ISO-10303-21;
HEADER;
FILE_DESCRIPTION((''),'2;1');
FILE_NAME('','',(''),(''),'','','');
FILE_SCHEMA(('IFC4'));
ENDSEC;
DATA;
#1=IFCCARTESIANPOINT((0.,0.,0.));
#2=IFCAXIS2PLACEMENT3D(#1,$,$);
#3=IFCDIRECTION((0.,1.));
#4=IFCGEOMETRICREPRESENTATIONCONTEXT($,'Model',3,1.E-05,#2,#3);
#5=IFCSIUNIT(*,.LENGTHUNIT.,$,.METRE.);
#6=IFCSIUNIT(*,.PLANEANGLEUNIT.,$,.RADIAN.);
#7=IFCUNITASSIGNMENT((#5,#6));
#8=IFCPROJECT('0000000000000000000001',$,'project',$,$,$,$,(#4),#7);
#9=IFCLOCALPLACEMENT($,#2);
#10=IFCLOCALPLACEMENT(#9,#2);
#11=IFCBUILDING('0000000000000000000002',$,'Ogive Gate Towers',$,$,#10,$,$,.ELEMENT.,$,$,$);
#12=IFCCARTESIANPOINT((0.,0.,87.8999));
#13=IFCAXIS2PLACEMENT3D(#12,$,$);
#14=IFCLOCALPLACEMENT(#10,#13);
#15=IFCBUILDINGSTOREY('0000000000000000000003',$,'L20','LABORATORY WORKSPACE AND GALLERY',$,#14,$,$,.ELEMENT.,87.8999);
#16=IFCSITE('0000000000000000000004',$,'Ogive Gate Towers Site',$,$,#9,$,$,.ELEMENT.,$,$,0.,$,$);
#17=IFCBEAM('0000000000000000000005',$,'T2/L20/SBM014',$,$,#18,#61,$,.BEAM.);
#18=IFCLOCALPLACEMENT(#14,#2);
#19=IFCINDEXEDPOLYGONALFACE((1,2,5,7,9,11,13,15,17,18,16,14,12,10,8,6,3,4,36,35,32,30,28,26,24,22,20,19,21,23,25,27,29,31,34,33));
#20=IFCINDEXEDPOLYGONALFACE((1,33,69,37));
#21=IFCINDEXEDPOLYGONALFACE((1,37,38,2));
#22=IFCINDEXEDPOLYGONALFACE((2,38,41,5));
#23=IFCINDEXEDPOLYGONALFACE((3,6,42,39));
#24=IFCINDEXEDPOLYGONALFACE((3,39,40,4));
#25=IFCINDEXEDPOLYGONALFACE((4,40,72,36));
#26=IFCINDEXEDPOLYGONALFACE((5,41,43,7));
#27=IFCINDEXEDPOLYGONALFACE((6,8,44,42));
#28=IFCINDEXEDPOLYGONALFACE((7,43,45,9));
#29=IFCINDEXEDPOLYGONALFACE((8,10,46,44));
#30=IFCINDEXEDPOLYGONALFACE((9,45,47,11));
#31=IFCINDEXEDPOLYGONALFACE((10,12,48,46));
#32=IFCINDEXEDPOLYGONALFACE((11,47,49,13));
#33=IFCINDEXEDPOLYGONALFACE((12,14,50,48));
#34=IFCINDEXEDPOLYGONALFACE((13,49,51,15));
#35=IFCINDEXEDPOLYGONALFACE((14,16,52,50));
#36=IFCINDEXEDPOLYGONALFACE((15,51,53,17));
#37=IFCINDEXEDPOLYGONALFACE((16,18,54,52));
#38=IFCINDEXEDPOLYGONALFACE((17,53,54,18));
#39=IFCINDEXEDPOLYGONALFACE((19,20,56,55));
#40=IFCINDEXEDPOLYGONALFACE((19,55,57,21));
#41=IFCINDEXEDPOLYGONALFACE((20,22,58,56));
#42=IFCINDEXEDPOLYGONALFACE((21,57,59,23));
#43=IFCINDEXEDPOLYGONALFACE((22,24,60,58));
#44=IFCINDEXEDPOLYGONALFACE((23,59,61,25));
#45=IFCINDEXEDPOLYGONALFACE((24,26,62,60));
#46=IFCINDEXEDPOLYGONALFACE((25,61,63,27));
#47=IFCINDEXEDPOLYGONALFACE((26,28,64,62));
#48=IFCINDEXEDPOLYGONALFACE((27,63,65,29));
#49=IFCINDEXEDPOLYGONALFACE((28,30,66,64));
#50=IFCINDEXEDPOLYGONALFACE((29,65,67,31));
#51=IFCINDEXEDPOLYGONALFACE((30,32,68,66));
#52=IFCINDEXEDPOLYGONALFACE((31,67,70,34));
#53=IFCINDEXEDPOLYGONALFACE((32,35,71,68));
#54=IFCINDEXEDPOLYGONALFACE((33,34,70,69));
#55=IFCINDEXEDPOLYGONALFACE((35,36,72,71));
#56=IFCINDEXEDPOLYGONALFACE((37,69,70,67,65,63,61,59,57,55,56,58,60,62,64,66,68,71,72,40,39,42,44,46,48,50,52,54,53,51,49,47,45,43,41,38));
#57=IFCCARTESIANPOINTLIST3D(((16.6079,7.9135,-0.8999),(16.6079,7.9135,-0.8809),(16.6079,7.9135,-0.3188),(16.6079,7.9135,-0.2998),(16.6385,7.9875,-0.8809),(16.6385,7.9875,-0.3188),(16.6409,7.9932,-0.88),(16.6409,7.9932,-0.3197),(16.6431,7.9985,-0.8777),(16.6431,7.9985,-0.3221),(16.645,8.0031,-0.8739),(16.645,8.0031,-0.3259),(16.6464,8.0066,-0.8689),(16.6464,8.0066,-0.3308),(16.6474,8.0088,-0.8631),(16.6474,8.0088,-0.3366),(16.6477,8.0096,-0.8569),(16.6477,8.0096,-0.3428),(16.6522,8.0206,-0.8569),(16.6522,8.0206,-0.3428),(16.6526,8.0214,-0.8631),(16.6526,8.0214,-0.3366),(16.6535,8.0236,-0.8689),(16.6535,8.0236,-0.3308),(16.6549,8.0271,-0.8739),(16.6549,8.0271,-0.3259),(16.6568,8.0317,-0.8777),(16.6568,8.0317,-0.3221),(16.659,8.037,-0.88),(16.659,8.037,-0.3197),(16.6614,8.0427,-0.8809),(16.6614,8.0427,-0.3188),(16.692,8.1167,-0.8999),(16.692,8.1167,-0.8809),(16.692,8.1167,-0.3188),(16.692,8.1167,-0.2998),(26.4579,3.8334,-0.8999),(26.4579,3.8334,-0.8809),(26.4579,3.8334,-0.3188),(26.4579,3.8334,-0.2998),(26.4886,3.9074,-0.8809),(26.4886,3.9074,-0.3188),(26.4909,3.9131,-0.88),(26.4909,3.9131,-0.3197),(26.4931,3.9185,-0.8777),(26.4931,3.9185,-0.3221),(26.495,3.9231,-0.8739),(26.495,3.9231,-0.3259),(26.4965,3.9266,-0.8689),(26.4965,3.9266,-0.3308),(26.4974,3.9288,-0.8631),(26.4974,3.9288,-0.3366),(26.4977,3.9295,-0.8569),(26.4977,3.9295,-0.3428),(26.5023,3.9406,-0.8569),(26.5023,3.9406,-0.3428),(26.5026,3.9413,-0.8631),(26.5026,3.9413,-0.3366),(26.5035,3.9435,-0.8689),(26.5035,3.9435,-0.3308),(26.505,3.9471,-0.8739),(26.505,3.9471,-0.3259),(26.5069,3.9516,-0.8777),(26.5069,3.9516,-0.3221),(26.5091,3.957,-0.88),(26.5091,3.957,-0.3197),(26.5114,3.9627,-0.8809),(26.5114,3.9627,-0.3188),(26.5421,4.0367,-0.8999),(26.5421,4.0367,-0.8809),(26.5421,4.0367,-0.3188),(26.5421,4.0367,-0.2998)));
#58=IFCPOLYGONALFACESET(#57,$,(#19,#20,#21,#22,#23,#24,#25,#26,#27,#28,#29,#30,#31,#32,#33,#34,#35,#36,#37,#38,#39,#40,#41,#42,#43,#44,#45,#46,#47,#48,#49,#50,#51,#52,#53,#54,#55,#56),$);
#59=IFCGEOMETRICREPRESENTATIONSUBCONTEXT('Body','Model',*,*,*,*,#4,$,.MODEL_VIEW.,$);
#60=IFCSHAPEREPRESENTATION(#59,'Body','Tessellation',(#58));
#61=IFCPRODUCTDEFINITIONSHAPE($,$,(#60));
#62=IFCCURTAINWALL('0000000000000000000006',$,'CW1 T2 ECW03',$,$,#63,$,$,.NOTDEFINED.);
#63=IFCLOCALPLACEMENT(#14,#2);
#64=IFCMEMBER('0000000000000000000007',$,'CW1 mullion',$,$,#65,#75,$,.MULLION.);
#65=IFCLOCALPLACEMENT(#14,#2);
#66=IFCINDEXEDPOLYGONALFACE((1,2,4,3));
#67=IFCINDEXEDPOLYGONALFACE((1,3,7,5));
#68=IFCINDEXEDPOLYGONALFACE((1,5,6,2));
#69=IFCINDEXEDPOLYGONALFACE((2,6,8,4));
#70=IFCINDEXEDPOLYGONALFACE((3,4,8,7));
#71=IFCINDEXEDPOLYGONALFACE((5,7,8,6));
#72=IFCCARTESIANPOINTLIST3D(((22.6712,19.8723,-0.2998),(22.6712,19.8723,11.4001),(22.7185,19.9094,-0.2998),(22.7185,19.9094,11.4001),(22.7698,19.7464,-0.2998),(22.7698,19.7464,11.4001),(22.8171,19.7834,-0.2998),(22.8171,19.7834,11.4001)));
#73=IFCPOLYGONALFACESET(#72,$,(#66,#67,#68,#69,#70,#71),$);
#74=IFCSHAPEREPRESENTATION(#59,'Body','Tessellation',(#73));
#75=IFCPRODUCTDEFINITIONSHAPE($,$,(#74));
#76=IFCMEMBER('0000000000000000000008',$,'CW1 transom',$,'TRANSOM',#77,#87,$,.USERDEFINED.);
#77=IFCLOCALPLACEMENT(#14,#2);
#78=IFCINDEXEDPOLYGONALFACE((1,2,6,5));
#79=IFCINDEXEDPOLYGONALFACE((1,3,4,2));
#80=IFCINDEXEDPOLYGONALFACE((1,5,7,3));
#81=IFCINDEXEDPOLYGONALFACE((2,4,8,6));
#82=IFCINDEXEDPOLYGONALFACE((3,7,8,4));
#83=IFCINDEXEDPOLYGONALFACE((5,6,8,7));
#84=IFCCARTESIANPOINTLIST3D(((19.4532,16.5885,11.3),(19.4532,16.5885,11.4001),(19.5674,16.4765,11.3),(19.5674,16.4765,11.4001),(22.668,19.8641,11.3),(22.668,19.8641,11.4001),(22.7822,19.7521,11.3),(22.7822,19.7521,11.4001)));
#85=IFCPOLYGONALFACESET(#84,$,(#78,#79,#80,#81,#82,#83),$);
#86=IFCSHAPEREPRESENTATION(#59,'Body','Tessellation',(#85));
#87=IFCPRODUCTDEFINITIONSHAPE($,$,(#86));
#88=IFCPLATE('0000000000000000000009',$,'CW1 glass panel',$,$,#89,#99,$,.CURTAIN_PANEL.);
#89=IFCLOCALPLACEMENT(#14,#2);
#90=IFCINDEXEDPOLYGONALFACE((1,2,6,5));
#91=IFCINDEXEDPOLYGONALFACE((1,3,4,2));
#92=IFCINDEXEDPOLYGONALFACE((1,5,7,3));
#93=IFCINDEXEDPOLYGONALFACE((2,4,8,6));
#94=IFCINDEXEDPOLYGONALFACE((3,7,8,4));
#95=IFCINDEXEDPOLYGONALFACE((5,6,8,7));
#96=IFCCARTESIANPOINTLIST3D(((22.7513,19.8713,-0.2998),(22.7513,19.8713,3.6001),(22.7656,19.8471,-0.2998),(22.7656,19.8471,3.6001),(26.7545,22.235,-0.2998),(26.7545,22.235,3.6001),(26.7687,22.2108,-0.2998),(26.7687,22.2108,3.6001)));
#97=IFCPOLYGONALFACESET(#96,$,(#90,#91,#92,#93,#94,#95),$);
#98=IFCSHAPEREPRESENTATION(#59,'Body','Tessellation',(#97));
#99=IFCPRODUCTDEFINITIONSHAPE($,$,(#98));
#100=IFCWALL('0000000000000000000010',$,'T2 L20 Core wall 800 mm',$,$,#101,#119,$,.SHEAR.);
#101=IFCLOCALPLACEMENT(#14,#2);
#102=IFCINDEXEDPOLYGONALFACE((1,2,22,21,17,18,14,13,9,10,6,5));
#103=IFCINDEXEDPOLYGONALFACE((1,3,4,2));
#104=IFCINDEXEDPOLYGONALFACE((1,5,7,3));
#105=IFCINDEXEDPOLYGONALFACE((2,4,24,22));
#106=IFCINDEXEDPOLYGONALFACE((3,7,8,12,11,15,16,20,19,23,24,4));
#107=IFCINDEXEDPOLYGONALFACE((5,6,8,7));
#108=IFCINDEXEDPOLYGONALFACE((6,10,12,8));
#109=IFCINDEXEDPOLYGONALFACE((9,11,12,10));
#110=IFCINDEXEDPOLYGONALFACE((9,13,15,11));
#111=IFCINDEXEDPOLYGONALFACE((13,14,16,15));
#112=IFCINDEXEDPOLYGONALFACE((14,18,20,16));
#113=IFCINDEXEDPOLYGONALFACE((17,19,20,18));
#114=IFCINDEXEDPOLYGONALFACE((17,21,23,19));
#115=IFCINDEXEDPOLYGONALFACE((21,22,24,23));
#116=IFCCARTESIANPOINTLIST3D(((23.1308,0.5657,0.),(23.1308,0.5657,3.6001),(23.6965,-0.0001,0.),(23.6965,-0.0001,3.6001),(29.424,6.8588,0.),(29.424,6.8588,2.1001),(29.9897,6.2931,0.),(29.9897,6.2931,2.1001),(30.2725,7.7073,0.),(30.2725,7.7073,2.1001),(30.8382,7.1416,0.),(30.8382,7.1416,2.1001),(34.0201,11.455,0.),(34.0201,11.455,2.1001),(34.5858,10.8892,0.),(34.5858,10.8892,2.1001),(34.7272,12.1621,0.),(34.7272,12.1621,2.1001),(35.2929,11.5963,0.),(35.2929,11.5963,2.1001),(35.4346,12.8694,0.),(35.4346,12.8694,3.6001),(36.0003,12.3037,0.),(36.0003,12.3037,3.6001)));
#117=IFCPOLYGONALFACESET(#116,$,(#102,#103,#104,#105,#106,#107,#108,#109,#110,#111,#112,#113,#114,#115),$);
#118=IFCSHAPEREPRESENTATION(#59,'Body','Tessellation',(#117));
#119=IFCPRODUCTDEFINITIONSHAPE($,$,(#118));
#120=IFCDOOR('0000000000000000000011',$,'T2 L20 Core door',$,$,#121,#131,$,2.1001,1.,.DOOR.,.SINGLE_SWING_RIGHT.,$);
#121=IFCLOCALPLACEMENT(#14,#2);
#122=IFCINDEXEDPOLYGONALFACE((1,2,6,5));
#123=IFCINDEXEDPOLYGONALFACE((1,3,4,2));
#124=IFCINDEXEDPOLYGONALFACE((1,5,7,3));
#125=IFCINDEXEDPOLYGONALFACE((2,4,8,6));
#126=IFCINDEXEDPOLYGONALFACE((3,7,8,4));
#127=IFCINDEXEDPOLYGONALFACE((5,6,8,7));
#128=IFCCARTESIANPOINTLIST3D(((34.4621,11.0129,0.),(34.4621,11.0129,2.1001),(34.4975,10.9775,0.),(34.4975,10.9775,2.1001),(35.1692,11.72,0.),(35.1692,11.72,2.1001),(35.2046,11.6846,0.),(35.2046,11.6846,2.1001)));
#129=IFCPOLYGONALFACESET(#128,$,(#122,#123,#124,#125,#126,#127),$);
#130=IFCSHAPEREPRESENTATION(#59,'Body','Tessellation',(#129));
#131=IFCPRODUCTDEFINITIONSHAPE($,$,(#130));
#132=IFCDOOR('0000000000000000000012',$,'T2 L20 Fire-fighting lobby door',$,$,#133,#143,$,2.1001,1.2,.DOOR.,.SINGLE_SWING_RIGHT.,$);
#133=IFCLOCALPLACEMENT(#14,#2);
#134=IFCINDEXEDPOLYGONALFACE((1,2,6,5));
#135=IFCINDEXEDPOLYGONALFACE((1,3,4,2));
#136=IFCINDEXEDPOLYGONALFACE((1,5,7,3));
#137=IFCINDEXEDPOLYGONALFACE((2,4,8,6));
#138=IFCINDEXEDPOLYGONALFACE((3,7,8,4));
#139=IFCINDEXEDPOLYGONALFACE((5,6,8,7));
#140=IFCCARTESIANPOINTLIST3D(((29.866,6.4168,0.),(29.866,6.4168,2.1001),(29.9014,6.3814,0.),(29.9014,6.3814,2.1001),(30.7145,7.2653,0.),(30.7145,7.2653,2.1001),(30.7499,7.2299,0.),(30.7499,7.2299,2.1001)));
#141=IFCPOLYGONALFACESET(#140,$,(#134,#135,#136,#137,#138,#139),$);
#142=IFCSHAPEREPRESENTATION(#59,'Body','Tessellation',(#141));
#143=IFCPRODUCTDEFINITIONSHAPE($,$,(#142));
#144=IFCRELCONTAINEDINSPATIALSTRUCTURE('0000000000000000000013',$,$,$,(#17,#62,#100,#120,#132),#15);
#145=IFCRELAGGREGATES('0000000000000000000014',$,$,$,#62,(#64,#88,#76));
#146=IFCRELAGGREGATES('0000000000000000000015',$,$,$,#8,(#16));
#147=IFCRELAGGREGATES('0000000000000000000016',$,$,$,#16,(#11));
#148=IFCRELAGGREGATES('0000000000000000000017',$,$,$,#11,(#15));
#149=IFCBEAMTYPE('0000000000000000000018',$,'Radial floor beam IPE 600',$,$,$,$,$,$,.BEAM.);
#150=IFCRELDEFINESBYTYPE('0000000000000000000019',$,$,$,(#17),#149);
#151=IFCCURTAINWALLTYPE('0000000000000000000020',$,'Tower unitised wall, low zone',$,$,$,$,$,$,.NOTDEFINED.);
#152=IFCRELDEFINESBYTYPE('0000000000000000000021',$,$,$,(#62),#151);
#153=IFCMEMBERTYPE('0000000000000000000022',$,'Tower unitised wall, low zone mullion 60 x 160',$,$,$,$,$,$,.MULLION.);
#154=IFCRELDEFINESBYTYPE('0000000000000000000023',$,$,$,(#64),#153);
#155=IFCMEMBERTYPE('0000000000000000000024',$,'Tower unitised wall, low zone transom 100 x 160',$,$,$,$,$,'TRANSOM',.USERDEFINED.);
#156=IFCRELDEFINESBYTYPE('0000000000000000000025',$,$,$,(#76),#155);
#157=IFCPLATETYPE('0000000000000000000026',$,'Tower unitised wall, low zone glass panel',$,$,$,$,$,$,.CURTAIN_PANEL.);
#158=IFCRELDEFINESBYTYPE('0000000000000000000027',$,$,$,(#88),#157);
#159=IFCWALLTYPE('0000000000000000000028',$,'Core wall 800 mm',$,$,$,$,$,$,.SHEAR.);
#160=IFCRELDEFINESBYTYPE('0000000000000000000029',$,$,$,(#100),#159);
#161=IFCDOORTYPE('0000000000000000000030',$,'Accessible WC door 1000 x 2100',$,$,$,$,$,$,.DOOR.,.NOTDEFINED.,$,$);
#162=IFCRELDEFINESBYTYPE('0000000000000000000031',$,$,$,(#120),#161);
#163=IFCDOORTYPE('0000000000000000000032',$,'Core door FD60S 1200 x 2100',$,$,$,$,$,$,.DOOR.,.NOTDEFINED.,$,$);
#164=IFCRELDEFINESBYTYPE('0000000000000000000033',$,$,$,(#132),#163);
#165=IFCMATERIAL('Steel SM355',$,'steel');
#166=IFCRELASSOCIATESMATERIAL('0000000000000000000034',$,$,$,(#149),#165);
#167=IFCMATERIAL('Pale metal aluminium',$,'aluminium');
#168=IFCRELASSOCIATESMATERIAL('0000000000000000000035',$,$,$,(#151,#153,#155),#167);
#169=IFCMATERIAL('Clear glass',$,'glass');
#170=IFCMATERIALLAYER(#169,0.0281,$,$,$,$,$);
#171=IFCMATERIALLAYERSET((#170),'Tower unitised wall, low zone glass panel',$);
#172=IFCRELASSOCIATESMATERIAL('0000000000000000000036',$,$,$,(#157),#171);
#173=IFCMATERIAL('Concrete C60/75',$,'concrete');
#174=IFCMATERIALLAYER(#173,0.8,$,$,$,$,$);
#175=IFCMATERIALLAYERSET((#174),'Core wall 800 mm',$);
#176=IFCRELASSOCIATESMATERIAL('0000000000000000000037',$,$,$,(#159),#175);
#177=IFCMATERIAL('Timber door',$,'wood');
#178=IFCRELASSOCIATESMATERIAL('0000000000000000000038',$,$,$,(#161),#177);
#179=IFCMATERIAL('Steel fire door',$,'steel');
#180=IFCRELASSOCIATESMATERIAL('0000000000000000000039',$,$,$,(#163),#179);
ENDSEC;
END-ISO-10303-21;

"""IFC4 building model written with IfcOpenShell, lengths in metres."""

from ifc_helpers import new_model, si_unit, direction, frame, frame_2d, origin, origin_2d, place, context, subcontext, project, spatial, rectangle, i_section, extrude, material, layer, layer_set, material_profile, profile_set, type_object, element, fill, aggregate, save


model = new_model("IFC4")

# Units and contexts
model_context = context("Model", 3, precision=1e-05, world=origin(), true_north=direction((0.0, 1.0)))
body_context = subcontext(model_context, "Body", "Model", "MODEL_VIEW")
ifc_project = project(units=[si_unit("LENGTHUNIT", "METRE"), si_unit("PLANEANGLEUNIT", "RADIAN")], contexts=[model_context])

# Site, building, storey
site_placement = place(None, origin())
site = spatial("IfcSite", under=ifc_project, at=site_placement, Name="Ogive Gate Towers Site", CompositionType="ELEMENT", RefElevation=0.0)
building_placement = place(site_placement, origin())
building = spatial("IfcBuilding", under=site, at=building_placement, Name="Ogive Gate Towers", CompositionType="ELEMENT")
storey_placement = place(building_placement, frame((0.0, 0.0, 87.8999)))
storey = spatial("IfcBuildingStorey", under=building, at=storey_placement, Name="L20", Description="LABORATORY WORKSPACE AND GALLERY", CompositionType="ELEMENT", Elevation=87.8999)

# Beam
ifc_material_1 = material(Name="Steel SM355", Category="steel")
ifc_material_profile_1 = material_profile(ifc_material_1, i_section(OverallWidth=0.22, OverallDepth=0.6001, WebThickness=0.012, FlangeThickness=0.019, FilletRadius=0.0239, at=origin_2d()), Name="IPE 600")
ifc_profile_set_1 = profile_set([ifc_material_profile_1], Name="Steel SM355")
beam_type_1 = type_object("IfcBeamType", Name="Radial floor beam IPE 600", PredefinedType="BEAM", material=ifc_profile_set_1)
for number, where, z_axis, x_axis, name in (
    (1, (26.5, 3.9351, -0.5999), (-0.923878, 0.382686, 0.0), (-0.382686, -0.923878, 0.0), "T2/L20/SBM014"),
):
    element("IfcBeam", number, at=place(storey_placement, frame(where, z_axis=z_axis, x_axis=x_axis)), inside=storey, type_object=beam_type_1, Name=name, PredefinedType="BEAM", context=body_context, shape_type="SweptSolid", body=[
        extrude(i_section(OverallWidth=0.22, OverallDepth=0.6001, WebThickness=0.012, FlangeThickness=0.019, FilletRadius=0.0239, at=origin_2d()), origin(), (0.0, 0.0, 1.0), 10.6616),
    ])

# Curtain wall, members, plate
ifc_material_2 = material(Name="Pale metal aluminium", Category="aluminium")
curtain_wall_type = type_object("IfcCurtainWallType", Name="Tower unitised wall, low zone", PredefinedType="NOTDEFINED", material=ifc_material_2)
curtain_wall_placement = place(storey_placement, origin())
curtain_wall = element("IfcCurtainWall", 2, at=curtain_wall_placement, inside=storey, type_object=curtain_wall_type, Name="CW1 T2 ECW03", PredefinedType="NOTDEFINED")
ifc_material_profile_2 = material_profile(ifc_material_2, rectangle(XDim=0.1599, YDim=0.0601, at=origin_2d()), Name="60 x 160 aluminium box")
ifc_profile_set_2 = profile_set([ifc_material_profile_2], Name="Pale metal aluminium")
member_type_1 = type_object("IfcMemberType", Name="Tower unitised wall, low zone mullion 60 x 160", PredefinedType="MULLION", material=ifc_profile_set_2)
member_1_placement = place(storey_placement, frame((22.7441, 19.8279, -0.2998), z_axis=(0.0, 0.0, 1.0), x_axis=(-0.616321, 0.787495, 0.0)))
member_1 = element("IfcMember", 3, at=member_1_placement, type_object=member_type_1, Name="CW1 mullion", PredefinedType="MULLION", context=body_context, shape_type="SweptSolid", body=[
    extrude(rectangle(XDim=0.1599, YDim=0.0601, at=origin_2d()), origin(), (0.0, 0.0, 1.0), 11.7),
])
ifc_material_profile_3 = material_profile(ifc_material_2, rectangle(XDim=0.1599, YDim=0.1001, at=origin_2d()), Name="100 x 160 aluminium box")
ifc_profile_set_3 = profile_set([ifc_material_profile_3], Name="Pale metal aluminium")
member_type_2 = type_object("IfcMemberType", Name="Tower unitised wall, low zone transom 100 x 160", ElementType="TRANSOM", PredefinedType="USERDEFINED", material=ifc_profile_set_3)
member_2_placement = place(storey_placement, frame((22.7251, 19.8081, 11.3501), z_axis=(-0.700453, -0.713698, 0.0), x_axis=(0.713698, -0.700453, 0.0)))
member_2 = element("IfcMember", 4, at=member_2_placement, type_object=member_type_2, Name="CW1 transom", ObjectType="TRANSOM", PredefinedType="USERDEFINED", context=body_context, shape_type="SweptSolid", body=[
    extrude(rectangle(XDim=0.1599, YDim=0.1001, at=origin_2d()), origin(), (0.0, 0.0, 1.0), 4.5896),
])
ifc_material_3 = material(Name="Clear glass", Category="glass")
ifc_layer_1 = layer(ifc_material_3, 0.0281)
ifc_layer_set_1 = layer_set([ifc_layer_1], Name="Tower unitised wall, low zone glass panel")
plate_type = type_object("IfcPlateType", Name="Tower unitised wall, low zone glass panel", PredefinedType="CURTAIN_PANEL", material=ifc_layer_set_1)
plate_placement = place(storey_placement, frame((24.76, 21.041, -0.2998), z_axis=(0.0, 0.0, 1.0), x_axis=(-0.861097, -0.50844, 0.0)))
plate = element("IfcPlate", 5, at=plate_placement, type_object=plate_type, Name="CW1 glass panel", PredefinedType="CURTAIN_PANEL", context=body_context, shape_type="SweptSolid", body=[
    extrude(rectangle(XDim=4.6489, YDim=0.0281, at=origin_2d()), origin(), (0.0, 0.0, 1.0), 3.8999),
])
aggregate(curtain_wall, [member_1, plate, member_2])

# Wall, openings, doors
ifc_material_4 = material(Name="Concrete C60/75", Category="concrete")
ifc_layer_2 = layer(ifc_material_4, 0.8)
ifc_layer_set_2 = layer_set([ifc_layer_2], Name="Core wall 800 mm")
wall_type_1 = type_object("IfcWallType", Name="Core wall 800 mm", PredefinedType="SHEAR", material=ifc_layer_set_2)
wall_1_placement = place(storey_placement, frame((23.4136, 0.2827, 0.0), z_axis=(0.0, 0.0, 1.0), x_axis=(0.707107, 0.707107, 0.0)))
wall_1 = element("IfcWall", 6, at=wall_1_placement, inside=storey, type_object=wall_type_1, Name="T2 L20 Core wall 800 mm", PredefinedType="SHEAR", context=body_context, shape_type="SweptSolid", body=[
    extrude(rectangle(XDim=17.4001, YDim=0.8, at=frame_2d((8.7002, 0.0))), origin(), (0.0, 0.0, 1.0), 3.6001),
])
opening_1_placement = place(wall_1_placement, frame((8.8999, 0.0, 0.0)))
opening_1 = element("IfcOpeningElement", 7, at=opening_1_placement, cuts=wall_1, PredefinedType="OPENING", context=body_context, shape_type="SweptSolid", body=[
    extrude(rectangle(XDim=1.2, YDim=2.1001, at=frame_2d((0.6001, 1.05))), frame((0.0, 0.4102, 0.0), z_axis=(0.0, -1.0, 0.0), x_axis=(1.0, 0.0, 0.0)), (0.0, 0.0, 1.0), 0.8201),
])
opening_2_placement = place(wall_1_placement, frame((15.3999, 0.0, 0.0)))
opening_2 = element("IfcOpeningElement", 8, at=opening_2_placement, cuts=wall_1, PredefinedType="OPENING", context=body_context, shape_type="SweptSolid", body=[
    extrude(rectangle(XDim=1.0, YDim=2.1001, at=frame_2d((0.5, 1.05))), frame((0.0, 0.4102, 0.0), z_axis=(0.0, -1.0, 0.0), x_axis=(1.0, 0.0, 0.0)), (0.0, 0.0, 1.0), 0.8201),
])
ifc_material_5 = material(Name="Timber door", Category="wood")
door_type_1 = type_object("IfcDoorType", Name="Accessible WC door 1000 x 2100", OperationType="NOTDEFINED", PredefinedType="DOOR", material=ifc_material_5)
door_1_placement = place(opening_2_placement, origin())
door_1 = element("IfcDoor", 9, at=door_1_placement, inside=storey, type_object=door_type_1, Name="T2 L20 Core door", OperationType="SINGLE_SWING_RIGHT", OverallHeight=2.1001, OverallWidth=1.0, PredefinedType="DOOR", context=body_context, shape_type="SweptSolid", body=[
    extrude(rectangle(XDim=1.0, YDim=2.1001, at=frame_2d((0.5, 1.05))), frame((0.0, -0.2251, 0.0), z_axis=(0.0, -1.0, 0.0), x_axis=(1.0, 0.0, 0.0)), (0.0, 0.0, 1.0), 0.05),
])
fill(opening_2, door_1)
ifc_material_6 = material(Name="Steel fire door", Category="steel")
door_type_2 = type_object("IfcDoorType", Name="Core door FD60S 1200 x 2100", OperationType="NOTDEFINED", PredefinedType="DOOR", material=ifc_material_6)
door_2_placement = place(opening_1_placement, origin())
door_2 = element("IfcDoor", 10, at=door_2_placement, inside=storey, type_object=door_type_2, Name="T2 L20 Fire-fighting lobby door", OperationType="SINGLE_SWING_RIGHT", OverallHeight=2.1001, OverallWidth=1.2, PredefinedType="DOOR", context=body_context, shape_type="SweptSolid", body=[
    extrude(rectangle(XDim=1.2, YDim=2.1001, at=frame_2d((0.6001, 1.05))), frame((0.0, -0.2251, 0.0), z_axis=(0.0, -1.0, 0.0), x_axis=(1.0, 0.0, 0.0)), (0.0, 0.0, 1.0), 0.05),
])
fill(opening_1, door_2)

save(model, "model.ifc")
